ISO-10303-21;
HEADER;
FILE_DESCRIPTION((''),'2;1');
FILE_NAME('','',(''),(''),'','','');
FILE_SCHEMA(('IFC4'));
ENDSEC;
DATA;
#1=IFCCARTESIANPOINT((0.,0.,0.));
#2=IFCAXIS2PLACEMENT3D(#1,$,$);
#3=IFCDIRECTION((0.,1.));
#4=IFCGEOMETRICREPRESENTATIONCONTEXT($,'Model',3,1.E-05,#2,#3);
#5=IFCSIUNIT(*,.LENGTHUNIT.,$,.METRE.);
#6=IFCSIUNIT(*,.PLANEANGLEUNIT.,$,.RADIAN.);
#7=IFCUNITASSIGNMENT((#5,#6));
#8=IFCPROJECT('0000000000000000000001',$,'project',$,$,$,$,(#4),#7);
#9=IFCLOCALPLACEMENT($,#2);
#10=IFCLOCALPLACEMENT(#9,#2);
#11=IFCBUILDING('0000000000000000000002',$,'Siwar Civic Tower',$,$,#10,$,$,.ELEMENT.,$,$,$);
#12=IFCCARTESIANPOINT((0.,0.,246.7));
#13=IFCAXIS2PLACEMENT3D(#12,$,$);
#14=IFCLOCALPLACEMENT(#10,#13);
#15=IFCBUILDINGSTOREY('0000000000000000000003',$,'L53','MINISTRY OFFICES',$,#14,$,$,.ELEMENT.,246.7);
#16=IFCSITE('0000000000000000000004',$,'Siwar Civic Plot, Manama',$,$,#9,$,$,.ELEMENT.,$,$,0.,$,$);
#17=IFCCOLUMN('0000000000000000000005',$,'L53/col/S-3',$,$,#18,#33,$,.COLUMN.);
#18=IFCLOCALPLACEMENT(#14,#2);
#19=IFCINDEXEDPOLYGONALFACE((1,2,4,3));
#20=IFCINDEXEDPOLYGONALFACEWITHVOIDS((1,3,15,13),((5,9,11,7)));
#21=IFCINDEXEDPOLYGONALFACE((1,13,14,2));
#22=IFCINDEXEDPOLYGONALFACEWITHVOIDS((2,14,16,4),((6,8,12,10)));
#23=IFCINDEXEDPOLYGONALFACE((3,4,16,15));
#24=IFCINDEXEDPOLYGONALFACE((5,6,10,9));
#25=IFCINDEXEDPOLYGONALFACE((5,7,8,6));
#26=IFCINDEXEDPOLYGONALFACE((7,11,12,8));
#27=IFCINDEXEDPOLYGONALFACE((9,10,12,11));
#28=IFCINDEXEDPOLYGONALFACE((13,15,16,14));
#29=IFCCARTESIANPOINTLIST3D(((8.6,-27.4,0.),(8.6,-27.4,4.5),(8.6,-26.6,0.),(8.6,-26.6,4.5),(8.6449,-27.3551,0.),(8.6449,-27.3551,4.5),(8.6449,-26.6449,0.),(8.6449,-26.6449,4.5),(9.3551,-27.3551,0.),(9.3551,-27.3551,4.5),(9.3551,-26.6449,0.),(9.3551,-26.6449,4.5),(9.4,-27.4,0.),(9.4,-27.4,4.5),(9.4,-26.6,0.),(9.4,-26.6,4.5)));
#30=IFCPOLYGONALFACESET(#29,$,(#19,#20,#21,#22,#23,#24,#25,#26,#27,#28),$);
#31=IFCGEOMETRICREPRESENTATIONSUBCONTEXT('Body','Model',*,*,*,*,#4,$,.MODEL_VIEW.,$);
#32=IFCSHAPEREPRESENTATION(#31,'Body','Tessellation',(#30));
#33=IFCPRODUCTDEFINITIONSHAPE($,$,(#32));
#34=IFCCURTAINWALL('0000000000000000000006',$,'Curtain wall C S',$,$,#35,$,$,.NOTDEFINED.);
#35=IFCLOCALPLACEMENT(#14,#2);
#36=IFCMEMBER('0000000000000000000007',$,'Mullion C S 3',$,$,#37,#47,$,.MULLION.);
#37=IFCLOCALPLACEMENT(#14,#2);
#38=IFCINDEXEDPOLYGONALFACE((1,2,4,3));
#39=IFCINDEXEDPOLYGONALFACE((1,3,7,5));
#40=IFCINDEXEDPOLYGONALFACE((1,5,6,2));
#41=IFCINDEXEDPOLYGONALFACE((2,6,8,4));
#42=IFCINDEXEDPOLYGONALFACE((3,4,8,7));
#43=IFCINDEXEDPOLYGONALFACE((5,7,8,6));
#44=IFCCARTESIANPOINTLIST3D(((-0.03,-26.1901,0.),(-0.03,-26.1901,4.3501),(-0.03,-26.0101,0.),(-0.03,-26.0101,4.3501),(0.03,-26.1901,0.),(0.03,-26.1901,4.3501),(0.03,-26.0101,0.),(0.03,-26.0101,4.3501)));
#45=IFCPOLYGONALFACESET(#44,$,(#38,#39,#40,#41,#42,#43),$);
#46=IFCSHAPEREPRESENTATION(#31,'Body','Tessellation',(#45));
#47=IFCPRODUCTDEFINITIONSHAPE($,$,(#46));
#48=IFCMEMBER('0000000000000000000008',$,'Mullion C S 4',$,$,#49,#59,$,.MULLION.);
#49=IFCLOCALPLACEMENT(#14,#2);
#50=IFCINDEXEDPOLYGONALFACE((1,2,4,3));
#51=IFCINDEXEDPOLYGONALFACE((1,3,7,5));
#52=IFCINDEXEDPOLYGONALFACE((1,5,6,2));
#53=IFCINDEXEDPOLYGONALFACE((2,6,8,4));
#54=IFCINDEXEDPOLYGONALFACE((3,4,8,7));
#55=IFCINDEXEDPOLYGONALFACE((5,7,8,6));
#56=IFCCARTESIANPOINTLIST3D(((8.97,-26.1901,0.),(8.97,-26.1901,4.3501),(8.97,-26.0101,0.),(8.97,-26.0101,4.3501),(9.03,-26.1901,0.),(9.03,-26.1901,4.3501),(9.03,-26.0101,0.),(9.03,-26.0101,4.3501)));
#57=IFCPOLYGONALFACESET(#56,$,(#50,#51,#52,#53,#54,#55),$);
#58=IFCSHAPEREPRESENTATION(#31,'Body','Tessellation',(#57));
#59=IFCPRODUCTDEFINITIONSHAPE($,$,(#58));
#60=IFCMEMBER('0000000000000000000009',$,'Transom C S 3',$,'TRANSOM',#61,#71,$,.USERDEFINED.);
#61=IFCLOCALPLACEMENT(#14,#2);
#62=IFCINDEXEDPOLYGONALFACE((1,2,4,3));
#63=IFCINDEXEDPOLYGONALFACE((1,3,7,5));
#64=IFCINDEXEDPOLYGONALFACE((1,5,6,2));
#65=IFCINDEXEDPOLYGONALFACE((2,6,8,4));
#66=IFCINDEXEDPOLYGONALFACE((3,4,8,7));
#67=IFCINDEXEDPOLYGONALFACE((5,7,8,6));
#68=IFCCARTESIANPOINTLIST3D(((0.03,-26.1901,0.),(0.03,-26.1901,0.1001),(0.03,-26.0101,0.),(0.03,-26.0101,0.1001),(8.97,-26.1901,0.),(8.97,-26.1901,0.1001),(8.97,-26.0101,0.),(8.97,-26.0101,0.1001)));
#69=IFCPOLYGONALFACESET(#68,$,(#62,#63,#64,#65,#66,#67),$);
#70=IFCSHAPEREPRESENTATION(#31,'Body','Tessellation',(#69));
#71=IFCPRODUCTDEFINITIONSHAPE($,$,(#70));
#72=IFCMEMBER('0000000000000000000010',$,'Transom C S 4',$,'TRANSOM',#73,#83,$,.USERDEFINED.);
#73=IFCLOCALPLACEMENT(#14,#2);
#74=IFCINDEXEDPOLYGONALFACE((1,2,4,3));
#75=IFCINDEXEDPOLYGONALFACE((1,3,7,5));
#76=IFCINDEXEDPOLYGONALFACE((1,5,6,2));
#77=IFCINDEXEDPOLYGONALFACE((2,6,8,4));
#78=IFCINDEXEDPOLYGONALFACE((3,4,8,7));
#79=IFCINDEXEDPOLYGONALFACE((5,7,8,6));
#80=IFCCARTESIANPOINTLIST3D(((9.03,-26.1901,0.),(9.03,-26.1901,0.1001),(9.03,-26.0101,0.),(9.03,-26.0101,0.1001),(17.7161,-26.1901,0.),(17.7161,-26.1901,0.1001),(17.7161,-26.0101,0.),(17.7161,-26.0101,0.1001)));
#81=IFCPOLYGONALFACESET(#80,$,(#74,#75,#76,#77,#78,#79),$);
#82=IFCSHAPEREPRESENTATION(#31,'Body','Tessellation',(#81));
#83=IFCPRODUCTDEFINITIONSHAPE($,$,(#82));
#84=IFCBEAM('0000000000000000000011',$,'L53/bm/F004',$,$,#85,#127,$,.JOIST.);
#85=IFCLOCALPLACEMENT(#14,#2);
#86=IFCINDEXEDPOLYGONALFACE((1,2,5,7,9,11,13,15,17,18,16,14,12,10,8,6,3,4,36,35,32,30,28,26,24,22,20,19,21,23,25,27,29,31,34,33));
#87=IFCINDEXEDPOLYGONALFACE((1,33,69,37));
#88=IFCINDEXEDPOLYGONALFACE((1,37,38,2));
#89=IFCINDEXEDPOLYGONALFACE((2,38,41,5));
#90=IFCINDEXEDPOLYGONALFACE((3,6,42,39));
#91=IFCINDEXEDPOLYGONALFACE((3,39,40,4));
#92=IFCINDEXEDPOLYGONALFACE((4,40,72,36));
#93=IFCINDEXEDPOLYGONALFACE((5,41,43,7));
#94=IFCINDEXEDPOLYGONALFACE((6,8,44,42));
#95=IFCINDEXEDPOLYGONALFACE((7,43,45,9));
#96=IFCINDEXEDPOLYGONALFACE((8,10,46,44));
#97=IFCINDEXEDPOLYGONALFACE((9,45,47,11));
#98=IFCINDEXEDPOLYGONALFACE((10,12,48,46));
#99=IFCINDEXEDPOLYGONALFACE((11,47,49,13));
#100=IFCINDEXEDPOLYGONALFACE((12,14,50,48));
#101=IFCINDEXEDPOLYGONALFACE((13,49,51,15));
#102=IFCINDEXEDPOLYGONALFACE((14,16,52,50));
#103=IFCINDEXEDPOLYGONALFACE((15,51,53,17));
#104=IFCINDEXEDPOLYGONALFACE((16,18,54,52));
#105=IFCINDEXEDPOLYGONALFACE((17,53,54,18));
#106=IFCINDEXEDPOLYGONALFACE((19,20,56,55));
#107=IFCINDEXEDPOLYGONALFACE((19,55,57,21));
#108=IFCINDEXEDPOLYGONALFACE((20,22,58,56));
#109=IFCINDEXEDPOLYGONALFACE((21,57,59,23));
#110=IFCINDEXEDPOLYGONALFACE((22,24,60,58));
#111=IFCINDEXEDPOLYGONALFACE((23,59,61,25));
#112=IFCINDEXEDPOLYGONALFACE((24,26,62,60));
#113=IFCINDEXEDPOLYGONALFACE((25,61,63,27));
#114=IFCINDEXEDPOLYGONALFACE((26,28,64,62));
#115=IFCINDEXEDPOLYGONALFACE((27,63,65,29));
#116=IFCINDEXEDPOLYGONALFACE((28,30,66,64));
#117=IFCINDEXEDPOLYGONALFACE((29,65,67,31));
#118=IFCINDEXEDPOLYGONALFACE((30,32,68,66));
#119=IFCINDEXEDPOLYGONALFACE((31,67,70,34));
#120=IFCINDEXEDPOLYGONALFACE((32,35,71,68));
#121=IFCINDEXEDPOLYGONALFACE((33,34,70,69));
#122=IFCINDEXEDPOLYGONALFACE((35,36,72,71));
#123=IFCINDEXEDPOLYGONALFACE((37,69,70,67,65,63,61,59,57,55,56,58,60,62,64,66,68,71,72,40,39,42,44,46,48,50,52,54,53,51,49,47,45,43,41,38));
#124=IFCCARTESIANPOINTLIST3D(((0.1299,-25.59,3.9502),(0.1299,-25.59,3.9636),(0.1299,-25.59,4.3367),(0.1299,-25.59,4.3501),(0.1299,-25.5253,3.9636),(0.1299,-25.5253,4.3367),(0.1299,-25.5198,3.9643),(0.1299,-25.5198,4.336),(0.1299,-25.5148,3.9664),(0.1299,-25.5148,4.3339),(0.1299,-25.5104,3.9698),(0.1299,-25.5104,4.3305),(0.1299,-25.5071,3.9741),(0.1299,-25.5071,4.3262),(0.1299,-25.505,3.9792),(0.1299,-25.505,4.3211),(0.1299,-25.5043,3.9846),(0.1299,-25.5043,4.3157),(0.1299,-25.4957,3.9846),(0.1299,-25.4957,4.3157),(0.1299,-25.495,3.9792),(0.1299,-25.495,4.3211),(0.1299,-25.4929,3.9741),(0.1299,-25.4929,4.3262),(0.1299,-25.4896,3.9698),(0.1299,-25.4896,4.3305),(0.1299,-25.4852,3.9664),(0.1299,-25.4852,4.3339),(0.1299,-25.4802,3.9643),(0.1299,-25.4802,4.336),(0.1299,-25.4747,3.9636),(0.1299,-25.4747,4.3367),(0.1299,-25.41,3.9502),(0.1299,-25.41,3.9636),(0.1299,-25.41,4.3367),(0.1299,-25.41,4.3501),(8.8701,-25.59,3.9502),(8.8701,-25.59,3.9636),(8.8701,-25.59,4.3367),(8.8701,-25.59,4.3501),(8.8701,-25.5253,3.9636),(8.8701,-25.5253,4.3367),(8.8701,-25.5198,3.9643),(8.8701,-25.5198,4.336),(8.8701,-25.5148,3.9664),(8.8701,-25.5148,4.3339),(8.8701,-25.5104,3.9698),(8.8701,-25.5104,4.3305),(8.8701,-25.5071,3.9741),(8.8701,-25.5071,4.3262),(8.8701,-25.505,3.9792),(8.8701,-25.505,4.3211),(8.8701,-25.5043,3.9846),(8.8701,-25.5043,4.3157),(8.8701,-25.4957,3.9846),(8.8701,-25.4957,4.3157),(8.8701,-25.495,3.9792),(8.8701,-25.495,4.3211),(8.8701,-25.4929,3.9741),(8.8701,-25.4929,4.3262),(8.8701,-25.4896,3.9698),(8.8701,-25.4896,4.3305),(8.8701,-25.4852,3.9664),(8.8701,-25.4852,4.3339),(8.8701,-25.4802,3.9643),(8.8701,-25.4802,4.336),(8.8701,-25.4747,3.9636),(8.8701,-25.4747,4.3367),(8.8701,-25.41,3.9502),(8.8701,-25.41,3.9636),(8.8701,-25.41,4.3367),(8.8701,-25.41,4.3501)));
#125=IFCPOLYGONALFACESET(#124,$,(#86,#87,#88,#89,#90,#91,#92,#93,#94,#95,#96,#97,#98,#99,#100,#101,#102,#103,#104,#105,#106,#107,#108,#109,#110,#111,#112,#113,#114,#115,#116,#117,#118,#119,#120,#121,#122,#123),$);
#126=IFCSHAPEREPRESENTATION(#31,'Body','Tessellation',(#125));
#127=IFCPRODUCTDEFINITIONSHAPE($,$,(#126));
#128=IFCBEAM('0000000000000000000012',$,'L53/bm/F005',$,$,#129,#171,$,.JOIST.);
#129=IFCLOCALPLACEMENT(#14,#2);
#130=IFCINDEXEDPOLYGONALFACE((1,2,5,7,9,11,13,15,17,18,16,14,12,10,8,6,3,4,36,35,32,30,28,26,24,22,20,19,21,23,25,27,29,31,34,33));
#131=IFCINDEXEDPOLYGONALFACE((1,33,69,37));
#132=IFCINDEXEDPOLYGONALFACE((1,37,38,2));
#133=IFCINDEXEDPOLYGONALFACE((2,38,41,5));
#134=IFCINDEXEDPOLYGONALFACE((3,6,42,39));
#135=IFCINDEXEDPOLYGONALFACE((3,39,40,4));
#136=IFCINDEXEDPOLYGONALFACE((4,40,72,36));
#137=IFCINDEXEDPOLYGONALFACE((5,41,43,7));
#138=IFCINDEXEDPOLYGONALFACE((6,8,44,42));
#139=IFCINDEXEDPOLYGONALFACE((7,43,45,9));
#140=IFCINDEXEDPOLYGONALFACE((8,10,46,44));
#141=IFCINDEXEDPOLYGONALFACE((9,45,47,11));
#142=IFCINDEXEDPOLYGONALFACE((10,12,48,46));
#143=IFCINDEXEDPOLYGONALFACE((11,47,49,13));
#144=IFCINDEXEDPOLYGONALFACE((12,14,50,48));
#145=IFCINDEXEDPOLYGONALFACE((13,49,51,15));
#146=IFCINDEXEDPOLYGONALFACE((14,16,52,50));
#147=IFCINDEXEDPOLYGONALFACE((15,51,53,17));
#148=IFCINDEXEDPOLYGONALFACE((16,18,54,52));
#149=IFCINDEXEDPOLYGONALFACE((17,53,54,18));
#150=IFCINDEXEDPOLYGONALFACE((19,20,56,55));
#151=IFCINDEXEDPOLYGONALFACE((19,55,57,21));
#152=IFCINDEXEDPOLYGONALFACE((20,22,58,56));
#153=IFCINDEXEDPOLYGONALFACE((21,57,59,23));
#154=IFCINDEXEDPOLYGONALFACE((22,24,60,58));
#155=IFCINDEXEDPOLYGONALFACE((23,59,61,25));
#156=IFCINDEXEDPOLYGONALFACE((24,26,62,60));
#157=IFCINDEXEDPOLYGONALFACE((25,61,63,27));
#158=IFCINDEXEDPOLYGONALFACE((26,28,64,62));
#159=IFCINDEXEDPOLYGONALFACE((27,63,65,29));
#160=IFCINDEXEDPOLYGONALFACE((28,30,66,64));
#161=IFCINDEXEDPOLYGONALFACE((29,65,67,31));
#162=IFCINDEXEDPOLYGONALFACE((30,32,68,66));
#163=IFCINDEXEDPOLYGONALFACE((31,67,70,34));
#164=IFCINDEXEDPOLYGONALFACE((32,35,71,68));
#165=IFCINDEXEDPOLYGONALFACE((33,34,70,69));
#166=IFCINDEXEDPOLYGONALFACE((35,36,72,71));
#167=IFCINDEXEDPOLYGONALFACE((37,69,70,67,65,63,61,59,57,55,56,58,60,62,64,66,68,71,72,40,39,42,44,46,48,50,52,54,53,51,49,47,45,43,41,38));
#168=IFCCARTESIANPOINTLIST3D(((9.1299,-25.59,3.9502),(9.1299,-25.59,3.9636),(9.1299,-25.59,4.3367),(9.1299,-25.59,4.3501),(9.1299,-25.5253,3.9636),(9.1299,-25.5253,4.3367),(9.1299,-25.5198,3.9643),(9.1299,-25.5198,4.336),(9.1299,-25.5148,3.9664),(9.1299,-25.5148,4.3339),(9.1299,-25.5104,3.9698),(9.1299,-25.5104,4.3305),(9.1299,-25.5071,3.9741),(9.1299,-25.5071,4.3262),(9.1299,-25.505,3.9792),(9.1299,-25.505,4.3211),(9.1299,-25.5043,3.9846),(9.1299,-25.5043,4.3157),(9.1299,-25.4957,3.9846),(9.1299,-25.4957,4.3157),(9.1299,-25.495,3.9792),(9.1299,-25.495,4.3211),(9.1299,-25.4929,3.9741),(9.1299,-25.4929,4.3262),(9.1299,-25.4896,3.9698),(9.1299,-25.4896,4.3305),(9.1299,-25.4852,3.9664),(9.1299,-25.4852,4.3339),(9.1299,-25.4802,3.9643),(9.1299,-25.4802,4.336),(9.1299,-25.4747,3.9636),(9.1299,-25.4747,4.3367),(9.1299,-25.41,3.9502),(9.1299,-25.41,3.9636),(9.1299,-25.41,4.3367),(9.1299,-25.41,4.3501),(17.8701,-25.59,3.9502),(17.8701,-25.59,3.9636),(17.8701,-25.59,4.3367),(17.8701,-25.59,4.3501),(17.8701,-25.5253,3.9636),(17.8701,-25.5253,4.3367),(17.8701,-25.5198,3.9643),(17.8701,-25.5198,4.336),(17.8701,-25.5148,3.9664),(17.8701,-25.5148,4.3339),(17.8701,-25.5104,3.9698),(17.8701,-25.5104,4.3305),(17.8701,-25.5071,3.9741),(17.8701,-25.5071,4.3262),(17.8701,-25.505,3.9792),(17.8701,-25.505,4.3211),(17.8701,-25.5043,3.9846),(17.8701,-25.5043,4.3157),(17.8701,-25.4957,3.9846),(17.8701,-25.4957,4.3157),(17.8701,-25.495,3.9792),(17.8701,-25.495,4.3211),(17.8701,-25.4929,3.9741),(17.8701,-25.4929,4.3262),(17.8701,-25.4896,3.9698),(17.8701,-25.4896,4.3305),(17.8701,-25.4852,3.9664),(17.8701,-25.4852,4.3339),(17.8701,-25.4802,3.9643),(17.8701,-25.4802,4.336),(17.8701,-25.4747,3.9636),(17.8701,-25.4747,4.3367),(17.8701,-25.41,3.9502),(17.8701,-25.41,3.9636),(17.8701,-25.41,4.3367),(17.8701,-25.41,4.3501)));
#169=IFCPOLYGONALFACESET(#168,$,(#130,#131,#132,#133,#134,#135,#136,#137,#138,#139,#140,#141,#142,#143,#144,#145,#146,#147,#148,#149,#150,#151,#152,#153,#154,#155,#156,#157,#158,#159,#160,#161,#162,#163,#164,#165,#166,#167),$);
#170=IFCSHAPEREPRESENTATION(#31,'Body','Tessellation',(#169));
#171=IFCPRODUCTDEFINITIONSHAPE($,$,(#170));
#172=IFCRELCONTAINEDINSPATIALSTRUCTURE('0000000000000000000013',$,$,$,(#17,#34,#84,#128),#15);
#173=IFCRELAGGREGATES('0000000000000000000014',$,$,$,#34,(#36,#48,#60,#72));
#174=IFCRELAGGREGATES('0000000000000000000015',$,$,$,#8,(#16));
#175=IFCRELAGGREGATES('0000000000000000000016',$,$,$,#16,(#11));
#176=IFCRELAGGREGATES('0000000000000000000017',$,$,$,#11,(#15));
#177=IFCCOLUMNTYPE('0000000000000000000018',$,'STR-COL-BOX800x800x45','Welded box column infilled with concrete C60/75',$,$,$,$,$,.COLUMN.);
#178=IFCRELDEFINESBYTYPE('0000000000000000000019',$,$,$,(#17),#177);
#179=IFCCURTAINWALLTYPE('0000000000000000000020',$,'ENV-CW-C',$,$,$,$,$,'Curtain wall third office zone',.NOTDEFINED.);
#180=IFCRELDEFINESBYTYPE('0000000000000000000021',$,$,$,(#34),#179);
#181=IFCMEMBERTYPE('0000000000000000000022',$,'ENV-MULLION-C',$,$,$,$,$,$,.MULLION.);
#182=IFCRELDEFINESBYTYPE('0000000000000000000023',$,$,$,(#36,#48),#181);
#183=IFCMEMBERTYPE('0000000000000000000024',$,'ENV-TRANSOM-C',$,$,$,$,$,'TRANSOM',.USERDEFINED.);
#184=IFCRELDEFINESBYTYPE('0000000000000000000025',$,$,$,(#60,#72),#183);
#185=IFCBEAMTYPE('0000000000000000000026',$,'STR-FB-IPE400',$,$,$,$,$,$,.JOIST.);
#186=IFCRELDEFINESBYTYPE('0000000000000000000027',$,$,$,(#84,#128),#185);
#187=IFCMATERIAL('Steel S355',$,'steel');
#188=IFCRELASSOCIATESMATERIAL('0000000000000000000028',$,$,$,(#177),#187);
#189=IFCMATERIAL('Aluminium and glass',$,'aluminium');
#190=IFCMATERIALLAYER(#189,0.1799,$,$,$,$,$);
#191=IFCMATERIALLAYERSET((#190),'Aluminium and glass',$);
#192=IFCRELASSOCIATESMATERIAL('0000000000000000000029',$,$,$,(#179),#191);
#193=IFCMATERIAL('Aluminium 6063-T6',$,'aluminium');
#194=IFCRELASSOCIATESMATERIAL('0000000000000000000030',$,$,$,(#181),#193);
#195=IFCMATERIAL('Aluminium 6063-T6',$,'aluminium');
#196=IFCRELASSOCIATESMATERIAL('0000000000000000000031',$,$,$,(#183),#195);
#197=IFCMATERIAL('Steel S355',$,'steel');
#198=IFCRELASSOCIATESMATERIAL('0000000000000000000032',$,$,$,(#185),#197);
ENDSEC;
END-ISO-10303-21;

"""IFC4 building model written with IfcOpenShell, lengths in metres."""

from ifc_helpers import new_model, si_unit, direction, frame, origin, origin_2d, place, context, subcontext, project, spatial, rectangle, hollow_rectangle, i_section, extrude, material, layer, layer_set, material_profile, profile_set, type_object, element, aggregate, save


model = new_model("IFC4")

# Units and contexts
model_context = context("Model", 3, precision=1e-05, world=origin(), true_north=direction((0.0, 1.0)))
body_context = subcontext(model_context, "Body", "Model", "MODEL_VIEW")
ifc_project = project(units=[si_unit("LENGTHUNIT", "METRE"), si_unit("PLANEANGLEUNIT", "RADIAN")], contexts=[model_context])

# Site, building, storey
site_placement = place(None, origin())
site = spatial("IfcSite", under=ifc_project, at=site_placement, Name="Siwar Civic Plot, Manama", CompositionType="ELEMENT", RefElevation=0.0)
building_placement = place(site_placement, origin())
building = spatial("IfcBuilding", under=site, at=building_placement, Name="Siwar Civic Tower", CompositionType="ELEMENT")
storey_placement = place(building_placement, frame((0.0, 0.0, 246.7)))
storey = spatial("IfcBuildingStorey", under=building, at=storey_placement, Name="L53", Description="MINISTRY OFFICES", CompositionType="ELEMENT", Elevation=246.7)

# Column
ifc_material_1 = material(Name="Steel S355", Category="steel")
ifc_material_profile_1 = material_profile(ifc_material_1, hollow_rectangle(XDim=0.8, YDim=0.8, WallThickness=0.0449, at=origin_2d()), Name="BOX800x800x45")
ifc_profile_set_1 = profile_set([ifc_material_profile_1], Name="Steel S355")
column_type = type_object("IfcColumnType", Name="STR-COL-BOX800x800x45", Description="Welded box column infilled with concrete C60/75", PredefinedType="COLUMN", material=ifc_profile_set_1)
column_placement = place(storey_placement, frame((9.0, -27.0, 0.0), z_axis=(0.0, 0.0, 1.0), x_axis=(1.0, 0.0, 0.0)))
element("IfcColumn", 1, at=column_placement, inside=storey, type_object=column_type, Name="L53/col/S-3", PredefinedType="COLUMN", context=body_context, shape_type="SweptSolid", body=[
    extrude(hollow_rectangle(XDim=0.8, YDim=0.8, WallThickness=0.0449, at=origin_2d()), origin(), (0.0, 0.0, 1.0), 4.5),
])

# Curtain wall, members
ifc_material_2 = material(Name="Aluminium and glass", Category="aluminium")
ifc_layer_1 = layer(ifc_material_2, 0.1799)
ifc_layer_set_1 = layer_set([ifc_layer_1], Name="Aluminium and glass")
curtain_wall_type = type_object("IfcCurtainWallType", Name="ENV-CW-C", ElementType="Curtain wall third office zone", PredefinedType="NOTDEFINED", material=ifc_layer_set_1)
curtain_wall_placement = place(storey_placement, origin())
curtain_wall = element("IfcCurtainWall", 2, at=curtain_wall_placement, inside=storey, type_object=curtain_wall_type, Name="Curtain wall C S", PredefinedType="NOTDEFINED")
ifc_material_3 = material(Name="Aluminium 6063-T6", Category="aluminium")
ifc_material_profile_2 = material_profile(ifc_material_3, rectangle(XDim=0.1799, YDim=0.0601, at=origin_2d()), Name="AL 180x60")
ifc_profile_set_2 = profile_set([ifc_material_profile_2], Name="Aluminium 6063-T6")
member_type_1 = type_object("IfcMemberType", Name="ENV-MULLION-C", PredefinedType="MULLION", material=ifc_profile_set_2)
member_1_placement = place(storey_placement, frame((0.0, -26.1001, 0.0), z_axis=(0.0, 0.0, 1.0), x_axis=(0.0, 1.0, 0.0)))
member_1 = element("IfcMember", 3, at=member_1_placement, type_object=member_type_1, Name="Mullion C S 3", PredefinedType="MULLION", context=body_context, shape_type="SweptSolid", body=[
    extrude(rectangle(XDim=0.1799, YDim=0.0601, at=origin_2d()), origin(), (0.0, 0.0, 1.0), 4.3501),
])
member_2_placement = place(storey_placement, frame((9.0, -26.1001, 0.0), z_axis=(0.0, 0.0, 1.0), x_axis=(0.0, 1.0, 0.0)))
member_2 = element("IfcMember", 4, at=member_2_placement, type_object=member_type_1, Name="Mullion C S 4", PredefinedType="MULLION", context=body_context, shape_type="SweptSolid", body=[
    extrude(rectangle(XDim=0.1799, YDim=0.0601, at=origin_2d()), origin(), (0.0, 0.0, 1.0), 4.3501),
])
ifc_material_4 = material(Name="Aluminium 6063-T6", Category="aluminium")
ifc_material_profile_3 = material_profile(ifc_material_4, rectangle(XDim=0.1799, YDim=0.1001, at=origin_2d()), Name="AL 180x100")
ifc_profile_set_3 = profile_set([ifc_material_profile_3], Name="Aluminium 6063-T6")
member_type_2 = type_object("IfcMemberType", Name="ENV-TRANSOM-C", ElementType="TRANSOM", PredefinedType="USERDEFINED", material=ifc_profile_set_3)
member_3_placement = place(storey_placement, frame((0.03, -26.1001, 0.05), z_axis=(1.0, 0.0, 0.0), x_axis=(0.0, 1.0, 0.0)))
member_3 = element("IfcMember", 5, at=member_3_placement, type_object=member_type_2, Name="Transom C S 3", ObjectType="TRANSOM", PredefinedType="USERDEFINED", context=body_context, shape_type="SweptSolid", body=[
    extrude(rectangle(XDim=0.1799, YDim=0.1001, at=origin_2d()), origin(), (0.0, 0.0, 1.0), 8.9399),
])
member_4_placement = place(storey_placement, frame((9.03, -26.1001, 0.05), z_axis=(1.0, 0.0, 0.0), x_axis=(0.0, 1.0, 0.0)))
member_4 = element("IfcMember", 6, at=member_4_placement, type_object=member_type_2, Name="Transom C S 4", ObjectType="TRANSOM", PredefinedType="USERDEFINED", context=body_context, shape_type="SweptSolid", body=[
    extrude(rectangle(XDim=0.1799, YDim=0.1001, at=origin_2d()), origin(), (0.0, 0.0, 1.0), 8.686),
])

# Beams
ifc_material_5 = material(Name="Steel S355", Category="steel")
ifc_material_profile_4 = material_profile(ifc_material_5, i_section(OverallWidth=0.1799, OverallDepth=0.3999, WebThickness=0.0085, FlangeThickness=0.0134, FilletRadius=0.021, at=origin_2d()), Name="IPE400")
ifc_profile_set_4 = profile_set([ifc_material_profile_4], Name="Steel S355")
beam_type_1 = type_object("IfcBeamType", Name="STR-FB-IPE400", PredefinedType="JOIST", material=ifc_profile_set_4)
for number, where, z_axis, x_axis, name in (
    (7, (0.1299, -25.5, 4.1501), (1.0, 0.0, 0.0), (0.0, 1.0, 0.0), "L53/bm/F004"),
    (8, (9.1299, -25.5, 4.1501), (1.0, 0.0, 0.0), (0.0, 1.0, 0.0), "L53/bm/F005"),
):
    element("IfcBeam", number, at=place(storey_placement, frame(where, z_axis=z_axis, x_axis=x_axis)), inside=storey, type_object=beam_type_1, Name=name, PredefinedType="JOIST", context=body_context, shape_type="SweptSolid", body=[
        extrude(i_section(OverallWidth=0.1799, OverallDepth=0.3999, WebThickness=0.0085, FlangeThickness=0.0134, FilletRadius=0.021, at=origin_2d()), origin(), (0.0, 0.0, 1.0), 8.7402),
    ])

aggregate(curtain_wall, [member_1, member_2, member_3, member_4])

save(model, "model.ifc")
